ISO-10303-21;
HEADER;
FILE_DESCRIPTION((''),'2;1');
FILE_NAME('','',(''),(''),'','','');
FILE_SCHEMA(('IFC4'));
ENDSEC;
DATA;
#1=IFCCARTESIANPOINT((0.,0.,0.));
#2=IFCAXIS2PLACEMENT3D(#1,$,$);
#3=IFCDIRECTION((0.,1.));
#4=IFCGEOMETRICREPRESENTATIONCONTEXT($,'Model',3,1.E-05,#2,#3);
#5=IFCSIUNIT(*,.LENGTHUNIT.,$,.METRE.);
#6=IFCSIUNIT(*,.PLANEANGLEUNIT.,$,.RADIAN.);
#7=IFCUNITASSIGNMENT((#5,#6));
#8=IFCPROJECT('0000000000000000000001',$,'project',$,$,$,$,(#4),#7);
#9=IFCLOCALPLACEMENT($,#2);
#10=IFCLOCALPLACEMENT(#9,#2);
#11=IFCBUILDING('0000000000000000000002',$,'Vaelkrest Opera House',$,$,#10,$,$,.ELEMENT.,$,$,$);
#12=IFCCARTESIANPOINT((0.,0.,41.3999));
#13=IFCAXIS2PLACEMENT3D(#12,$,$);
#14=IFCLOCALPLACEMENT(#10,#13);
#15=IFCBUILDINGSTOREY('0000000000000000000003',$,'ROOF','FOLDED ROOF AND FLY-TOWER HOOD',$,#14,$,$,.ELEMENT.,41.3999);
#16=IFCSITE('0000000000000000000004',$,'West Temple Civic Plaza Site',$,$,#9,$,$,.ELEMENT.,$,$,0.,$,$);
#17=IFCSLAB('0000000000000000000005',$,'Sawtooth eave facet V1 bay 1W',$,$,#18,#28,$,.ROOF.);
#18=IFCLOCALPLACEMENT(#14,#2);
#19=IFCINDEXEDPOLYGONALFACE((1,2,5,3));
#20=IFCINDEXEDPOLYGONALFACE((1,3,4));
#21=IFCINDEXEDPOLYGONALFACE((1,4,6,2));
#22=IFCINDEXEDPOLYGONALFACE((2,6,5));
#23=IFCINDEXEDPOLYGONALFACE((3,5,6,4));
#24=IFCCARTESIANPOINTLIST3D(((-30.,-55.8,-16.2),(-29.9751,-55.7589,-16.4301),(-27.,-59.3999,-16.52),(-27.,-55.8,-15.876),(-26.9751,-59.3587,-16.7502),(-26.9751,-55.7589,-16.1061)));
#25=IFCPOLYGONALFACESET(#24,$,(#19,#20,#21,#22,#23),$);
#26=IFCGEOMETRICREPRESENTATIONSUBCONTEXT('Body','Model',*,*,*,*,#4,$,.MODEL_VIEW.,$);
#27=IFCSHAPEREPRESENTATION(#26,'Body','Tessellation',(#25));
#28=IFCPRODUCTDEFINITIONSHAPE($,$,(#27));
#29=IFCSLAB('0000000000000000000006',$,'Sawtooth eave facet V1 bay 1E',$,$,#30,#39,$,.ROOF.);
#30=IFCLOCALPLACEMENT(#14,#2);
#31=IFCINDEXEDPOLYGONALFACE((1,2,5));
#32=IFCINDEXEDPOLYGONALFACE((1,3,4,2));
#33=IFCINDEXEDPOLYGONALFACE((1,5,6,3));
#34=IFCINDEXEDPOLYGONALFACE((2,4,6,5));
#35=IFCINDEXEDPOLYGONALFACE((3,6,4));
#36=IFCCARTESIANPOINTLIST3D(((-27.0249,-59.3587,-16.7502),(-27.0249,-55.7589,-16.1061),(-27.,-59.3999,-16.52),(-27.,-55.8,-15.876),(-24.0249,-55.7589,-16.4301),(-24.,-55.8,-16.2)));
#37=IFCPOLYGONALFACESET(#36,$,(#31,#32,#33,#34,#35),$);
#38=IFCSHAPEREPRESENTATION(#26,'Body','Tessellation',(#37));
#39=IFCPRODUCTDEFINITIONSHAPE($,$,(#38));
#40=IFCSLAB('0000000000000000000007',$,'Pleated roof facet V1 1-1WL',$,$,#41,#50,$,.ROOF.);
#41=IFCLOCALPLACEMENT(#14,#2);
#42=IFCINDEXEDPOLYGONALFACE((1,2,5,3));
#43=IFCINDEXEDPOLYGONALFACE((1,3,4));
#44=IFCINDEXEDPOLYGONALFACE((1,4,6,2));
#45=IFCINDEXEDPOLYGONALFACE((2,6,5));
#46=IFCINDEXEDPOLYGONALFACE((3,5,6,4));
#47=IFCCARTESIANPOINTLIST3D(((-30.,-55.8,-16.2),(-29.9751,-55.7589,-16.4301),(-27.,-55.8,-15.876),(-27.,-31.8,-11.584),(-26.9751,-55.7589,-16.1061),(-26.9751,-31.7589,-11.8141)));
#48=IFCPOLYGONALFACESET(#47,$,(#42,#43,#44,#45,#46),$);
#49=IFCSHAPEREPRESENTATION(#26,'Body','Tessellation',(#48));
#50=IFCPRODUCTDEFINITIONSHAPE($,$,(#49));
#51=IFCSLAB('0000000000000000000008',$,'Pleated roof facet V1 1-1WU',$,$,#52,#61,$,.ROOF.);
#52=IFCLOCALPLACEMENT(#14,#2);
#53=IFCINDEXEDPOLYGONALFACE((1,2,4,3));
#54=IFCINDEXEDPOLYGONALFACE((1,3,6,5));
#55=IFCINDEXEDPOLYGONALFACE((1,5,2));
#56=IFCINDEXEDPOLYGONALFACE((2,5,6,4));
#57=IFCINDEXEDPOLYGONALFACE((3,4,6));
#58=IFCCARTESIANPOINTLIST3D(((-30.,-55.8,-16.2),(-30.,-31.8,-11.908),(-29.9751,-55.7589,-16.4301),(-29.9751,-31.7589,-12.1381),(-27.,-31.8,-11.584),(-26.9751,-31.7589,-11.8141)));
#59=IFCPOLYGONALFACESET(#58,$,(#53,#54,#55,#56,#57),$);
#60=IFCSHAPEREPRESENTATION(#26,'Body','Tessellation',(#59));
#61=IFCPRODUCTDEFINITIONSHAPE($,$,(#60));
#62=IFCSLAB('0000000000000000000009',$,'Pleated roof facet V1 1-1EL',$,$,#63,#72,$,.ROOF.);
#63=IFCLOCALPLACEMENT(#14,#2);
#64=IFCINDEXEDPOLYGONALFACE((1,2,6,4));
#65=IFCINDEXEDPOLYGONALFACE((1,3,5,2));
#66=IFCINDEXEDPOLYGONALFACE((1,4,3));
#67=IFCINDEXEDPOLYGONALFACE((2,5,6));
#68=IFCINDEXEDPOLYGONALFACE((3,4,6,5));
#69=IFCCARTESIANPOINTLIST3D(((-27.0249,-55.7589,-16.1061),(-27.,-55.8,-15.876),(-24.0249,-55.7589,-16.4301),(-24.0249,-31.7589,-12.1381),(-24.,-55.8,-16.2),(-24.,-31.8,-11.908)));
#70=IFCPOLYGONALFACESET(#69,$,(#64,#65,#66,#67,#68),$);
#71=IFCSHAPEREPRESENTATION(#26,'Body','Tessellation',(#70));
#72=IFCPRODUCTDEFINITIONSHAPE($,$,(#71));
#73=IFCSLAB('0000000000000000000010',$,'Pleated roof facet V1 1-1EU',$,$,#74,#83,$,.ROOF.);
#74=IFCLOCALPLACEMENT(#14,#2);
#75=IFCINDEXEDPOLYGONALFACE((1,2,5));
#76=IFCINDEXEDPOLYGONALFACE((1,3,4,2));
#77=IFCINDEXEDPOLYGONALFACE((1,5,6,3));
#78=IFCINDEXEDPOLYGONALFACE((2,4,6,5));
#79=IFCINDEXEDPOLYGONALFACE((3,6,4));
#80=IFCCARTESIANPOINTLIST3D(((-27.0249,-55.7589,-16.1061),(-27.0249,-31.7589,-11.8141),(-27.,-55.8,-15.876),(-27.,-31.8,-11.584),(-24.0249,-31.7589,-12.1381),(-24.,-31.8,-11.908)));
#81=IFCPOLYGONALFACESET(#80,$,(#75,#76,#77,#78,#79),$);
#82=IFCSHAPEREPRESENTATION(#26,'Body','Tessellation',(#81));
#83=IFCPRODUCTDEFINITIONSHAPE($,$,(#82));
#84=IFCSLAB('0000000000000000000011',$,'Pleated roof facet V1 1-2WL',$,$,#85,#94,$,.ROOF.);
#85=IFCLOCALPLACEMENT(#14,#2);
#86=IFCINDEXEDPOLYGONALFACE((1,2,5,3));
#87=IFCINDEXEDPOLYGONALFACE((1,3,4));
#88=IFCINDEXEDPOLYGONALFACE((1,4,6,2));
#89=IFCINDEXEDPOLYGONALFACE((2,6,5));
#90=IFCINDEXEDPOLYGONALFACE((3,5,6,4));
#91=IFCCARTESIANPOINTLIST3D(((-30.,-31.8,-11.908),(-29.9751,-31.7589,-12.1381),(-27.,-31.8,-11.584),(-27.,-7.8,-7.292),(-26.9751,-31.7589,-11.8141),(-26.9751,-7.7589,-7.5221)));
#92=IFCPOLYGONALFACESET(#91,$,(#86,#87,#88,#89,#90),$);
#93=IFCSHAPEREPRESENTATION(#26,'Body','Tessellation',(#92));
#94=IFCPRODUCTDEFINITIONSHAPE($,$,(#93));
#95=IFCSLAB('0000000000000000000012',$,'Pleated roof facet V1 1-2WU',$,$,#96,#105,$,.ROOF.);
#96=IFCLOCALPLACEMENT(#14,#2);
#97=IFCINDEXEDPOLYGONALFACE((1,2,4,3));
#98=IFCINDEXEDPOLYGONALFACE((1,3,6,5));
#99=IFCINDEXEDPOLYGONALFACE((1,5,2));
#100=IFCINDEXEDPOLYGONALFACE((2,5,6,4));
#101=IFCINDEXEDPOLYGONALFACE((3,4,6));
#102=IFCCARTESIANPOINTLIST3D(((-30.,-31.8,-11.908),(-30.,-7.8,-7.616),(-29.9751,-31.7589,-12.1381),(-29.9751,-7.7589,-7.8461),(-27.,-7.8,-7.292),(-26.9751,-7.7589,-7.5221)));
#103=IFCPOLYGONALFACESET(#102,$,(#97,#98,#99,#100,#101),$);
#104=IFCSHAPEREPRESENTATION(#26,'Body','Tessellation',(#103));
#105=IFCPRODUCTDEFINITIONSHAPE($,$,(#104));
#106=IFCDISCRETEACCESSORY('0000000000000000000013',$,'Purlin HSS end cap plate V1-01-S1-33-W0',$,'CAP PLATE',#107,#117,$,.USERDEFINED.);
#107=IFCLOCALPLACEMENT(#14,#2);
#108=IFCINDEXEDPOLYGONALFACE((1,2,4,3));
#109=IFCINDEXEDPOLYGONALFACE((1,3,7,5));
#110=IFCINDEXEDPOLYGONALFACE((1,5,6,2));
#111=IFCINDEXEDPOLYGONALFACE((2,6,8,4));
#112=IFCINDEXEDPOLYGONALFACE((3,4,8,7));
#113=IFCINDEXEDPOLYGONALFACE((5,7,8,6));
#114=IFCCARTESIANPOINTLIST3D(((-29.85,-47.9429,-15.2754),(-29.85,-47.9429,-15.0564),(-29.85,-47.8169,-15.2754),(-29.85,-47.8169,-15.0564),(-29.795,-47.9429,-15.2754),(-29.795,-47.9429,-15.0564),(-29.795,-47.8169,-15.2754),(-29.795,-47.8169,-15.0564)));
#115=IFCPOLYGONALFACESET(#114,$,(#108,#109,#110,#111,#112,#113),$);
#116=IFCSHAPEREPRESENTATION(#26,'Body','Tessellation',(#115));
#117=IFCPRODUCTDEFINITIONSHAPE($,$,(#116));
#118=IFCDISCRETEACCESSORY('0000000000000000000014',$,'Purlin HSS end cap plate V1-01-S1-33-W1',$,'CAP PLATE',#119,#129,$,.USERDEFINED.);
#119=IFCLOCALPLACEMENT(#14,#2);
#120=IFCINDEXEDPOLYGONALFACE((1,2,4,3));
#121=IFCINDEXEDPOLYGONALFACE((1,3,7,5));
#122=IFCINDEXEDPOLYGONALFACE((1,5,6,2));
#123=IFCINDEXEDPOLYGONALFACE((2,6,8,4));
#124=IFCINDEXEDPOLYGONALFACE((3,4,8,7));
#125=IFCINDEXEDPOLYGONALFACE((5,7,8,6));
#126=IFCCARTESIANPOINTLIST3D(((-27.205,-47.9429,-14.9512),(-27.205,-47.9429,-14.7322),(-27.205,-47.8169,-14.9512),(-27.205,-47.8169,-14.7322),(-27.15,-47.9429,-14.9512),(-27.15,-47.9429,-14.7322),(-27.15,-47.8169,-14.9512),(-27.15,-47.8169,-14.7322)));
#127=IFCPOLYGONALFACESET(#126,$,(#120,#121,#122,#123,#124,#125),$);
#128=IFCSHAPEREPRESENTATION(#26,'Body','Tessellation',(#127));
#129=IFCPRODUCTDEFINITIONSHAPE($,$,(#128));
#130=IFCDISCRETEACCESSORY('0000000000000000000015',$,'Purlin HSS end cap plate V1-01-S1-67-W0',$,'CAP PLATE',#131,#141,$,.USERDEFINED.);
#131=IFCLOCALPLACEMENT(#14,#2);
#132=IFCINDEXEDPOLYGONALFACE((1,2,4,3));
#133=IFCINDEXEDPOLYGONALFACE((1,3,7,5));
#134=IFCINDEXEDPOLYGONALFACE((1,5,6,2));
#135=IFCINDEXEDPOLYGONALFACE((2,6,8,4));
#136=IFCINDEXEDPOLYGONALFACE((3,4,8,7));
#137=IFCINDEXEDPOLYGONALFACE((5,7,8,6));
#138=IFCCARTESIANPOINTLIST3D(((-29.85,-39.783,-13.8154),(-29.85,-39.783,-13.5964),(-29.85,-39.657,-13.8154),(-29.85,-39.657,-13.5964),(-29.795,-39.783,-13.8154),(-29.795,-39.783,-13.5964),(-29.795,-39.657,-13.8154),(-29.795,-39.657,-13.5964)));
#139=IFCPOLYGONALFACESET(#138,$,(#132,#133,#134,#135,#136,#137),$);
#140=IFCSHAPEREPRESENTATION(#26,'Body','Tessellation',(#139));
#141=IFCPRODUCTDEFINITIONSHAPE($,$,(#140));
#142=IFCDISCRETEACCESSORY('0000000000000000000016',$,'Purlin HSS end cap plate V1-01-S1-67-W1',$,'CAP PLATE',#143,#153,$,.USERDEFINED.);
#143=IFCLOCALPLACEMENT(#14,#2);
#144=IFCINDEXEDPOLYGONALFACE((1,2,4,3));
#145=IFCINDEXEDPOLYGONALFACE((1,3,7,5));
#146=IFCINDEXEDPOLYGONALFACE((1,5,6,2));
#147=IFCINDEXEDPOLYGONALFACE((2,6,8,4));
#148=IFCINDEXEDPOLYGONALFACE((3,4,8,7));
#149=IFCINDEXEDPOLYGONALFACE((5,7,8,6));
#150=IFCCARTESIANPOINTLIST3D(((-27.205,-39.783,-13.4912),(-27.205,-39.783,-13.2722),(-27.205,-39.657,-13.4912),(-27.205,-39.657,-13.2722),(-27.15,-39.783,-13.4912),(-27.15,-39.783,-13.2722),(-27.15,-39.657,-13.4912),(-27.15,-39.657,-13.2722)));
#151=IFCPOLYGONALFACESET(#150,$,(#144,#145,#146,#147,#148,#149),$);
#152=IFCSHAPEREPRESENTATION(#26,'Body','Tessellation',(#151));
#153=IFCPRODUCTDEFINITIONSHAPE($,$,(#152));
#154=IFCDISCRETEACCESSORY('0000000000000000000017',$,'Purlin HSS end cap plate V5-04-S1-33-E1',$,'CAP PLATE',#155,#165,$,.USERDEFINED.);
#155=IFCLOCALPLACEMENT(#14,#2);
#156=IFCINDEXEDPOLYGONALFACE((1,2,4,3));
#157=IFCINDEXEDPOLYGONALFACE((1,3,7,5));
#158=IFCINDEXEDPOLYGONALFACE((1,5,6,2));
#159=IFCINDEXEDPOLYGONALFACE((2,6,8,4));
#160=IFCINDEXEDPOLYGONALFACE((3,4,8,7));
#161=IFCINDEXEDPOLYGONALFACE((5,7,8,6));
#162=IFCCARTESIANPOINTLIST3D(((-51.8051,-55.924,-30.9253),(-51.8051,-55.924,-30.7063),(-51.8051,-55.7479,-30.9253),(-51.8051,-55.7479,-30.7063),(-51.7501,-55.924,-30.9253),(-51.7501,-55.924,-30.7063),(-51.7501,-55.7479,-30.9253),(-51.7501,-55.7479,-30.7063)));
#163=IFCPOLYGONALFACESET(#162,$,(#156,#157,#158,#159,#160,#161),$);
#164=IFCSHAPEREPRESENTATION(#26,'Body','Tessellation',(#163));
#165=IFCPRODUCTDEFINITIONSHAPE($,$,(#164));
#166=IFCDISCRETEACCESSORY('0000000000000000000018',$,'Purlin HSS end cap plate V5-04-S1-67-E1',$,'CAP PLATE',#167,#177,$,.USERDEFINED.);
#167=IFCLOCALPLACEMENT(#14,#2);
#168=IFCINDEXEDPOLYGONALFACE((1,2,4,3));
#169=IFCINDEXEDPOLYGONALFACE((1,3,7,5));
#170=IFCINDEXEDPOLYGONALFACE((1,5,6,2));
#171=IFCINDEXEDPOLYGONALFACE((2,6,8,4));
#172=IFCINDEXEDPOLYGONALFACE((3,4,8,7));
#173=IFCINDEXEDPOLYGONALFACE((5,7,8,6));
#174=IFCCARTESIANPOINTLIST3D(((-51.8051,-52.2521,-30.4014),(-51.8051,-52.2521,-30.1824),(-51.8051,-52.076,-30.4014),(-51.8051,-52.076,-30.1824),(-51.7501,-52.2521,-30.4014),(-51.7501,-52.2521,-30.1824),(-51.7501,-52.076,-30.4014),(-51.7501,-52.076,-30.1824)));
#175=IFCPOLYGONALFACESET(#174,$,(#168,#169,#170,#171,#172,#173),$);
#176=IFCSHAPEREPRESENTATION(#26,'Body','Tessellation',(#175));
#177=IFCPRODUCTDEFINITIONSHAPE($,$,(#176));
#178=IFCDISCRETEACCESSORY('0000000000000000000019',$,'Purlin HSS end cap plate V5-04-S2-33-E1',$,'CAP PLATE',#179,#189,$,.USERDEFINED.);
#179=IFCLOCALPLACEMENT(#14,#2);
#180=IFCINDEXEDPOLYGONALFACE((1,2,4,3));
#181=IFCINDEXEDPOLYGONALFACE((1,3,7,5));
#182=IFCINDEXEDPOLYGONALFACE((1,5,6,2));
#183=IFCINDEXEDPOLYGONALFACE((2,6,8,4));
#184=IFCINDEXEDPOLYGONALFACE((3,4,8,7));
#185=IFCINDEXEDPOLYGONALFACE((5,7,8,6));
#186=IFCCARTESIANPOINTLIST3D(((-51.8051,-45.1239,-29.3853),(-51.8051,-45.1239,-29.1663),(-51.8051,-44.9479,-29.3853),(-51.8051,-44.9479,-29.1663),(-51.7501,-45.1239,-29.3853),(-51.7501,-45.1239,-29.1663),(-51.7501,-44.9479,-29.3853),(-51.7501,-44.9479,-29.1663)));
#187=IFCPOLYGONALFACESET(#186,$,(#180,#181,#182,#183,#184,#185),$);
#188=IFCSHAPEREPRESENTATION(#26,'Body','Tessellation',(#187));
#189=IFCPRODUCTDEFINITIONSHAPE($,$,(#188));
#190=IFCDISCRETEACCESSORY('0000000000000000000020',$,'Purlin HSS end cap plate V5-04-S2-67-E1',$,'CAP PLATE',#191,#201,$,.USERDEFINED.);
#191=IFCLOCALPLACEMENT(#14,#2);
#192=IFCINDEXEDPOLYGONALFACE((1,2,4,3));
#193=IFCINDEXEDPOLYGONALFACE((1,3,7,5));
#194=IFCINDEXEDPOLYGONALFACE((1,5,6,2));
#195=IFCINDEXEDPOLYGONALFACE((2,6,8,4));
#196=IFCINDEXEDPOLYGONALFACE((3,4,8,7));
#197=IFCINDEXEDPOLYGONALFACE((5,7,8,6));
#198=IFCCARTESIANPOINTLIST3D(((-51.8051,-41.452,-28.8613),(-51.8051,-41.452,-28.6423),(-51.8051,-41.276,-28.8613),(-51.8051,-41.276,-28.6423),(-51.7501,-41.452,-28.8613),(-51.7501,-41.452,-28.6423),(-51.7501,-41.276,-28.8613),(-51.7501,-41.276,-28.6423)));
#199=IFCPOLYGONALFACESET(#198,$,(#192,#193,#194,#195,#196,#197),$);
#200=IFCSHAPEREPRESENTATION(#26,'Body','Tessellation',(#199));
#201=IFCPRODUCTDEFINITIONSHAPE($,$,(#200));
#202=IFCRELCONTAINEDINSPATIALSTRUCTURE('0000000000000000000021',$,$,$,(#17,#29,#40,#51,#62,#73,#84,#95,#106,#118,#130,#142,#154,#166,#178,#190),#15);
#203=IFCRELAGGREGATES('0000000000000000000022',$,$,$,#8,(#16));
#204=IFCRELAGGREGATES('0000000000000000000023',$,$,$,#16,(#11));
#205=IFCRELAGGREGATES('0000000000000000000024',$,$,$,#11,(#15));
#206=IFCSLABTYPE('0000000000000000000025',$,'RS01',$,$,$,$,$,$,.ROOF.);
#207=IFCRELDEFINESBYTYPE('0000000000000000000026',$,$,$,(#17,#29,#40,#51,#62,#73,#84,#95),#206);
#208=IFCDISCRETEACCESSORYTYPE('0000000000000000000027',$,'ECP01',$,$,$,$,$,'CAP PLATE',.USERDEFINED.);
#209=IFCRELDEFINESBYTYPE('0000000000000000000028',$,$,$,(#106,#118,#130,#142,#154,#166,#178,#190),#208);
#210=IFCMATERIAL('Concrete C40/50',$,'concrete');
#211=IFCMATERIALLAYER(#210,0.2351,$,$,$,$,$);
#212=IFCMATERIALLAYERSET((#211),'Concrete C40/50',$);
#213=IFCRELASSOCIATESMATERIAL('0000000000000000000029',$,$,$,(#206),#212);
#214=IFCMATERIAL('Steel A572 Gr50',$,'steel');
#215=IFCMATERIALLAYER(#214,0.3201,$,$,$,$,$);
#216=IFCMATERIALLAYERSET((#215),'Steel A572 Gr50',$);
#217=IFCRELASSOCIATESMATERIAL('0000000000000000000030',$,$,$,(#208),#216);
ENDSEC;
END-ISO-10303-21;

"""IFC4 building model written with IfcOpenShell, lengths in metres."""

from ifc_helpers import new_model, si_unit, direction, frame, origin, origin_2d, place, context, subcontext, project, spatial, polyline, rectangle, outline, extrude, material, layer, layer_set, type_object, element, save


model = new_model("IFC4")

# Units and contexts
model_context = context("Model", 3, precision=1e-05, world=origin(), true_north=direction((0.0, 1.0)))
body_context = subcontext(model_context, "Body", "Model", "MODEL_VIEW")
ifc_project = project(units=[si_unit("LENGTHUNIT", "METRE"), si_unit("PLANEANGLEUNIT", "RADIAN")], contexts=[model_context])

# Site, building, storey
site_placement = place(None, origin())
site = spatial("IfcSite", under=ifc_project, at=site_placement, Name="West Temple Civic Plaza Site", CompositionType="ELEMENT", RefElevation=0.0)
building_placement = place(site_placement, origin())
building = spatial("IfcBuilding", under=site, at=building_placement, Name="Vaelkrest Opera House", CompositionType="ELEMENT")
storey_placement = place(building_placement, frame((0.0, 0.0, 41.3999)))
storey = spatial("IfcBuildingStorey", under=building, at=storey_placement, Name="ROOF", Description="FOLDED ROOF AND FLY-TOWER HOOD", CompositionType="ELEMENT", Elevation=41.3999)

# Shared definitions
ifc_material_1 = material(Name="Steel A572 Gr50", Category="steel")

# Slabs
ifc_material_2 = material(Name="Concrete C40/50", Category="concrete")
ifc_layer_1 = layer(ifc_material_2, 0.2351)
ifc_layer_set_1 = layer_set([ifc_layer_1], Name="Concrete C40/50")
slab_type = type_object("IfcSlabType", Name="RS01", PredefinedType="ROOF", material=ifc_layer_set_1)
slab_1_placement = place(storey_placement, frame((-30.0, -55.8, -16.2), z_axis=(-0.105708, -0.175125, 0.978855), x_axis=(0.638712, -0.766423, -0.068144)))
element("IfcSlab", 1, at=slab_1_placement, inside=storey, type_object=slab_type, Name="Sawtooth eave facet V1 bay 1W", PredefinedType="ROOF", context=body_context, shape_type="SweptSolid", body=[
    extrude(outline(polyline([(0.0, 0.0), (4.697, 0.0), (1.8941, 2.3489), (0.0, 0.0)])), origin(), (0.0, 0.0, -1.0), 0.2351),
])
slab_2_placement = place(storey_placement, frame((-27.0, -55.8, -15.876), z_axis=(0.105708, -0.175125, 0.978855), x_axis=(0.0, -0.98437, -0.176112)))
element("IfcSlab", 2, at=slab_2_placement, inside=storey, type_object=slab_type, Name="Sawtooth eave facet V1 bay 1E", PredefinedType="ROOF", context=body_context, shape_type="SweptSolid", body=[
    extrude(outline(polyline([(0.0, 0.0), (3.657, 0.0), (0.0571, 3.0169), (0.0, 0.0)])), origin(), (0.0, 0.0, -1.0), 0.2351),
])
slab_3_placement = place(storey_placement, frame((-30.0, -55.8, -16.2), z_axis=(-0.105709, -0.175054, 0.978868), x_axis=(0.994219, 0.0, 0.107367)))
element("IfcSlab", 3, at=slab_3_placement, inside=storey, type_object=slab_type, Name="Pleated roof facet V1 1-1WL", PredefinedType="ROOF", context=body_context, shape_type="SweptSolid", body=[
    extrude(outline(polyline([(0.0, 0.0), (3.0174, 0.0), (3.4783, 24.3764), (0.0, 0.0)])), origin(), (0.0, 0.0, -1.0), 0.2351),
])
slab_4_placement = place(storey_placement, frame((-30.0, -55.8, -16.2), z_axis=(-0.105709, -0.175054, 0.978868), x_axis=(0.121836, 0.974686, 0.187463)))
element("IfcSlab", 4, at=slab_4_placement, inside=storey, type_object=slab_type, Name="Pleated roof facet V1 1-1WU", PredefinedType="ROOF", context=body_context, shape_type="SweptSolid", body=[
    extrude(outline(polyline([(0.0, 0.0), (24.6233, 0.0), (24.1971, 2.9872), (0.0, 0.0)])), origin(), (0.0, 0.0, -1.0), 0.2351),
])
slab_5_placement = place(storey_placement, frame((-27.0, -55.8, -15.876), z_axis=(0.105709, -0.175054, 0.978868), x_axis=(0.994219, 0.0, -0.107367)))
element("IfcSlab", 5, at=slab_5_placement, inside=storey, type_object=slab_type, Name="Pleated roof facet V1 1-1EL", PredefinedType="ROOF", context=body_context, shape_type="SweptSolid", body=[
    extrude(outline(polyline([(0.0, 0.0), (3.0174, 0.0), (2.5566, 24.3764), (0.0, 0.0)])), origin(), (0.0, 0.0, -1.0), 0.2351),
])
slab_6_placement = place(storey_placement, frame((-27.0, -55.8, -15.876), z_axis=(0.105709, -0.175054, 0.978868), x_axis=(0.122399, 0.979188, 0.161893)))
element("IfcSlab", 6, at=slab_6_placement, inside=storey, type_object=slab_type, Name="Pleated roof facet V1 1-1EU", PredefinedType="ROOF", context=body_context, shape_type="SweptSolid", body=[
    extrude(outline(polyline([(0.0, 0.0), (24.5101, 0.0), (24.1954, 3.001), (0.0, 0.0)])), origin(), (0.0, 0.0, -1.0), 0.2351),
])
slab_7_placement = place(storey_placement, frame((-30.0, -31.8, -11.908), z_axis=(-0.105709, -0.175054, 0.978868), x_axis=(0.994219, 0.0, 0.107367)))
element("IfcSlab", 7, at=slab_7_placement, inside=storey, type_object=slab_type, Name="Pleated roof facet V1 1-2WL", PredefinedType="ROOF", context=body_context, shape_type="SweptSolid", body=[
    extrude(outline(polyline([(0.0, 0.0), (3.0174, 0.0), (3.4783, 24.3764), (0.0, 0.0)])), origin(), (0.0, 0.0, -1.0), 0.2351),
])
slab_8_placement = place(storey_placement, frame((-30.0, -31.8, -11.908), z_axis=(-0.105709, -0.175054, 0.978868), x_axis=(0.121836, 0.974686, 0.187463)))
element("IfcSlab", 8, at=slab_8_placement, inside=storey, type_object=slab_type, Name="Pleated roof facet V1 1-2WU", PredefinedType="ROOF", context=body_context, shape_type="SweptSolid", body=[
    extrude(outline(polyline([(0.0, 0.0), (24.6233, 0.0), (24.1971, 2.9872), (0.0, 0.0)])), origin(), (0.0, 0.0, -1.0), 0.2351),
])

# Discrete accessories
ifc_layer_2 = layer(ifc_material_1, 0.3201)
ifc_layer_set_2 = layer_set([ifc_layer_2], Name="Steel A572 Gr50")
discrete_accessory_type = type_object("IfcDiscreteAccessoryType", Name="ECP01", ElementType="CAP PLATE", PredefinedType="USERDEFINED", material=ifc_layer_set_2)
for number, where, z_axis, x_axis, name in (
    (9, (-29.8225, -47.8799, -15.2754), (0.0, 0.0, 1.0), (1.0, 0.0, 0.0), "Purlin HSS end cap plate V1-01-S1-33-W0"),
    (10, (-27.1775, -47.8799, -14.9512), (0.0, 0.0, 1.0), (1.0, 0.0, 0.0), "Purlin HSS end cap plate V1-01-S1-33-W1"),
    (11, (-29.8225, -39.72, -13.8154), (0.0, 0.0, 1.0), (1.0, 0.0, 0.0), "Purlin HSS end cap plate V1-01-S1-67-W0"),
    (12, (-27.1775, -39.72, -13.4912), (0.0, 0.0, 1.0), (1.0, 0.0, 0.0), "Purlin HSS end cap plate V1-01-S1-67-W1"),
):
    element("IfcDiscreteAccessory", number, at=place(storey_placement, frame(where, z_axis=z_axis, x_axis=x_axis)), inside=storey, type_object=discrete_accessory_type, Name=name, ObjectType="CAP PLATE", PredefinedType="USERDEFINED", context=body_context, shape_type="SweptSolid", body=[
        extrude(rectangle(XDim=0.0549, YDim=0.126, at=origin_2d()), origin(), (0.0, 0.0, 1.0), 0.219),
    ])
for number, where, z_axis, x_axis, name in (
    (13, (-51.7776, -55.8359, -30.9253), (0.0, 0.0, 1.0), (1.0, 0.0, 0.0), "Purlin HSS end cap plate V5-04-S1-33-E1"),
    (14, (-51.7776, -52.1641, -30.4014), (0.0, 0.0, 1.0), (1.0, 0.0, 0.0), "Purlin HSS end cap plate V5-04-S1-67-E1"),
    (15, (-51.7776, -45.0359, -29.3853), (0.0, 0.0, 1.0), (1.0, 0.0, 0.0), "Purlin HSS end cap plate V5-04-S2-33-E1"),
    (16, (-51.7776, -41.364, -28.8613), (0.0, 0.0, 1.0), (1.0, 0.0, 0.0), "Purlin HSS end cap plate V5-04-S2-67-E1"),
):
    element("IfcDiscreteAccessory", number, at=place(storey_placement, frame(where, z_axis=z_axis, x_axis=x_axis)), inside=storey, type_object=discrete_accessory_type, Name=name, ObjectType="CAP PLATE", PredefinedType="USERDEFINED", context=body_context, shape_type="SweptSolid", body=[
        extrude(rectangle(XDim=0.0549, YDim=0.176, at=origin_2d()), origin(), (0.0, 0.0, 1.0), 0.219),
    ])

save(model, "model.ifc")
